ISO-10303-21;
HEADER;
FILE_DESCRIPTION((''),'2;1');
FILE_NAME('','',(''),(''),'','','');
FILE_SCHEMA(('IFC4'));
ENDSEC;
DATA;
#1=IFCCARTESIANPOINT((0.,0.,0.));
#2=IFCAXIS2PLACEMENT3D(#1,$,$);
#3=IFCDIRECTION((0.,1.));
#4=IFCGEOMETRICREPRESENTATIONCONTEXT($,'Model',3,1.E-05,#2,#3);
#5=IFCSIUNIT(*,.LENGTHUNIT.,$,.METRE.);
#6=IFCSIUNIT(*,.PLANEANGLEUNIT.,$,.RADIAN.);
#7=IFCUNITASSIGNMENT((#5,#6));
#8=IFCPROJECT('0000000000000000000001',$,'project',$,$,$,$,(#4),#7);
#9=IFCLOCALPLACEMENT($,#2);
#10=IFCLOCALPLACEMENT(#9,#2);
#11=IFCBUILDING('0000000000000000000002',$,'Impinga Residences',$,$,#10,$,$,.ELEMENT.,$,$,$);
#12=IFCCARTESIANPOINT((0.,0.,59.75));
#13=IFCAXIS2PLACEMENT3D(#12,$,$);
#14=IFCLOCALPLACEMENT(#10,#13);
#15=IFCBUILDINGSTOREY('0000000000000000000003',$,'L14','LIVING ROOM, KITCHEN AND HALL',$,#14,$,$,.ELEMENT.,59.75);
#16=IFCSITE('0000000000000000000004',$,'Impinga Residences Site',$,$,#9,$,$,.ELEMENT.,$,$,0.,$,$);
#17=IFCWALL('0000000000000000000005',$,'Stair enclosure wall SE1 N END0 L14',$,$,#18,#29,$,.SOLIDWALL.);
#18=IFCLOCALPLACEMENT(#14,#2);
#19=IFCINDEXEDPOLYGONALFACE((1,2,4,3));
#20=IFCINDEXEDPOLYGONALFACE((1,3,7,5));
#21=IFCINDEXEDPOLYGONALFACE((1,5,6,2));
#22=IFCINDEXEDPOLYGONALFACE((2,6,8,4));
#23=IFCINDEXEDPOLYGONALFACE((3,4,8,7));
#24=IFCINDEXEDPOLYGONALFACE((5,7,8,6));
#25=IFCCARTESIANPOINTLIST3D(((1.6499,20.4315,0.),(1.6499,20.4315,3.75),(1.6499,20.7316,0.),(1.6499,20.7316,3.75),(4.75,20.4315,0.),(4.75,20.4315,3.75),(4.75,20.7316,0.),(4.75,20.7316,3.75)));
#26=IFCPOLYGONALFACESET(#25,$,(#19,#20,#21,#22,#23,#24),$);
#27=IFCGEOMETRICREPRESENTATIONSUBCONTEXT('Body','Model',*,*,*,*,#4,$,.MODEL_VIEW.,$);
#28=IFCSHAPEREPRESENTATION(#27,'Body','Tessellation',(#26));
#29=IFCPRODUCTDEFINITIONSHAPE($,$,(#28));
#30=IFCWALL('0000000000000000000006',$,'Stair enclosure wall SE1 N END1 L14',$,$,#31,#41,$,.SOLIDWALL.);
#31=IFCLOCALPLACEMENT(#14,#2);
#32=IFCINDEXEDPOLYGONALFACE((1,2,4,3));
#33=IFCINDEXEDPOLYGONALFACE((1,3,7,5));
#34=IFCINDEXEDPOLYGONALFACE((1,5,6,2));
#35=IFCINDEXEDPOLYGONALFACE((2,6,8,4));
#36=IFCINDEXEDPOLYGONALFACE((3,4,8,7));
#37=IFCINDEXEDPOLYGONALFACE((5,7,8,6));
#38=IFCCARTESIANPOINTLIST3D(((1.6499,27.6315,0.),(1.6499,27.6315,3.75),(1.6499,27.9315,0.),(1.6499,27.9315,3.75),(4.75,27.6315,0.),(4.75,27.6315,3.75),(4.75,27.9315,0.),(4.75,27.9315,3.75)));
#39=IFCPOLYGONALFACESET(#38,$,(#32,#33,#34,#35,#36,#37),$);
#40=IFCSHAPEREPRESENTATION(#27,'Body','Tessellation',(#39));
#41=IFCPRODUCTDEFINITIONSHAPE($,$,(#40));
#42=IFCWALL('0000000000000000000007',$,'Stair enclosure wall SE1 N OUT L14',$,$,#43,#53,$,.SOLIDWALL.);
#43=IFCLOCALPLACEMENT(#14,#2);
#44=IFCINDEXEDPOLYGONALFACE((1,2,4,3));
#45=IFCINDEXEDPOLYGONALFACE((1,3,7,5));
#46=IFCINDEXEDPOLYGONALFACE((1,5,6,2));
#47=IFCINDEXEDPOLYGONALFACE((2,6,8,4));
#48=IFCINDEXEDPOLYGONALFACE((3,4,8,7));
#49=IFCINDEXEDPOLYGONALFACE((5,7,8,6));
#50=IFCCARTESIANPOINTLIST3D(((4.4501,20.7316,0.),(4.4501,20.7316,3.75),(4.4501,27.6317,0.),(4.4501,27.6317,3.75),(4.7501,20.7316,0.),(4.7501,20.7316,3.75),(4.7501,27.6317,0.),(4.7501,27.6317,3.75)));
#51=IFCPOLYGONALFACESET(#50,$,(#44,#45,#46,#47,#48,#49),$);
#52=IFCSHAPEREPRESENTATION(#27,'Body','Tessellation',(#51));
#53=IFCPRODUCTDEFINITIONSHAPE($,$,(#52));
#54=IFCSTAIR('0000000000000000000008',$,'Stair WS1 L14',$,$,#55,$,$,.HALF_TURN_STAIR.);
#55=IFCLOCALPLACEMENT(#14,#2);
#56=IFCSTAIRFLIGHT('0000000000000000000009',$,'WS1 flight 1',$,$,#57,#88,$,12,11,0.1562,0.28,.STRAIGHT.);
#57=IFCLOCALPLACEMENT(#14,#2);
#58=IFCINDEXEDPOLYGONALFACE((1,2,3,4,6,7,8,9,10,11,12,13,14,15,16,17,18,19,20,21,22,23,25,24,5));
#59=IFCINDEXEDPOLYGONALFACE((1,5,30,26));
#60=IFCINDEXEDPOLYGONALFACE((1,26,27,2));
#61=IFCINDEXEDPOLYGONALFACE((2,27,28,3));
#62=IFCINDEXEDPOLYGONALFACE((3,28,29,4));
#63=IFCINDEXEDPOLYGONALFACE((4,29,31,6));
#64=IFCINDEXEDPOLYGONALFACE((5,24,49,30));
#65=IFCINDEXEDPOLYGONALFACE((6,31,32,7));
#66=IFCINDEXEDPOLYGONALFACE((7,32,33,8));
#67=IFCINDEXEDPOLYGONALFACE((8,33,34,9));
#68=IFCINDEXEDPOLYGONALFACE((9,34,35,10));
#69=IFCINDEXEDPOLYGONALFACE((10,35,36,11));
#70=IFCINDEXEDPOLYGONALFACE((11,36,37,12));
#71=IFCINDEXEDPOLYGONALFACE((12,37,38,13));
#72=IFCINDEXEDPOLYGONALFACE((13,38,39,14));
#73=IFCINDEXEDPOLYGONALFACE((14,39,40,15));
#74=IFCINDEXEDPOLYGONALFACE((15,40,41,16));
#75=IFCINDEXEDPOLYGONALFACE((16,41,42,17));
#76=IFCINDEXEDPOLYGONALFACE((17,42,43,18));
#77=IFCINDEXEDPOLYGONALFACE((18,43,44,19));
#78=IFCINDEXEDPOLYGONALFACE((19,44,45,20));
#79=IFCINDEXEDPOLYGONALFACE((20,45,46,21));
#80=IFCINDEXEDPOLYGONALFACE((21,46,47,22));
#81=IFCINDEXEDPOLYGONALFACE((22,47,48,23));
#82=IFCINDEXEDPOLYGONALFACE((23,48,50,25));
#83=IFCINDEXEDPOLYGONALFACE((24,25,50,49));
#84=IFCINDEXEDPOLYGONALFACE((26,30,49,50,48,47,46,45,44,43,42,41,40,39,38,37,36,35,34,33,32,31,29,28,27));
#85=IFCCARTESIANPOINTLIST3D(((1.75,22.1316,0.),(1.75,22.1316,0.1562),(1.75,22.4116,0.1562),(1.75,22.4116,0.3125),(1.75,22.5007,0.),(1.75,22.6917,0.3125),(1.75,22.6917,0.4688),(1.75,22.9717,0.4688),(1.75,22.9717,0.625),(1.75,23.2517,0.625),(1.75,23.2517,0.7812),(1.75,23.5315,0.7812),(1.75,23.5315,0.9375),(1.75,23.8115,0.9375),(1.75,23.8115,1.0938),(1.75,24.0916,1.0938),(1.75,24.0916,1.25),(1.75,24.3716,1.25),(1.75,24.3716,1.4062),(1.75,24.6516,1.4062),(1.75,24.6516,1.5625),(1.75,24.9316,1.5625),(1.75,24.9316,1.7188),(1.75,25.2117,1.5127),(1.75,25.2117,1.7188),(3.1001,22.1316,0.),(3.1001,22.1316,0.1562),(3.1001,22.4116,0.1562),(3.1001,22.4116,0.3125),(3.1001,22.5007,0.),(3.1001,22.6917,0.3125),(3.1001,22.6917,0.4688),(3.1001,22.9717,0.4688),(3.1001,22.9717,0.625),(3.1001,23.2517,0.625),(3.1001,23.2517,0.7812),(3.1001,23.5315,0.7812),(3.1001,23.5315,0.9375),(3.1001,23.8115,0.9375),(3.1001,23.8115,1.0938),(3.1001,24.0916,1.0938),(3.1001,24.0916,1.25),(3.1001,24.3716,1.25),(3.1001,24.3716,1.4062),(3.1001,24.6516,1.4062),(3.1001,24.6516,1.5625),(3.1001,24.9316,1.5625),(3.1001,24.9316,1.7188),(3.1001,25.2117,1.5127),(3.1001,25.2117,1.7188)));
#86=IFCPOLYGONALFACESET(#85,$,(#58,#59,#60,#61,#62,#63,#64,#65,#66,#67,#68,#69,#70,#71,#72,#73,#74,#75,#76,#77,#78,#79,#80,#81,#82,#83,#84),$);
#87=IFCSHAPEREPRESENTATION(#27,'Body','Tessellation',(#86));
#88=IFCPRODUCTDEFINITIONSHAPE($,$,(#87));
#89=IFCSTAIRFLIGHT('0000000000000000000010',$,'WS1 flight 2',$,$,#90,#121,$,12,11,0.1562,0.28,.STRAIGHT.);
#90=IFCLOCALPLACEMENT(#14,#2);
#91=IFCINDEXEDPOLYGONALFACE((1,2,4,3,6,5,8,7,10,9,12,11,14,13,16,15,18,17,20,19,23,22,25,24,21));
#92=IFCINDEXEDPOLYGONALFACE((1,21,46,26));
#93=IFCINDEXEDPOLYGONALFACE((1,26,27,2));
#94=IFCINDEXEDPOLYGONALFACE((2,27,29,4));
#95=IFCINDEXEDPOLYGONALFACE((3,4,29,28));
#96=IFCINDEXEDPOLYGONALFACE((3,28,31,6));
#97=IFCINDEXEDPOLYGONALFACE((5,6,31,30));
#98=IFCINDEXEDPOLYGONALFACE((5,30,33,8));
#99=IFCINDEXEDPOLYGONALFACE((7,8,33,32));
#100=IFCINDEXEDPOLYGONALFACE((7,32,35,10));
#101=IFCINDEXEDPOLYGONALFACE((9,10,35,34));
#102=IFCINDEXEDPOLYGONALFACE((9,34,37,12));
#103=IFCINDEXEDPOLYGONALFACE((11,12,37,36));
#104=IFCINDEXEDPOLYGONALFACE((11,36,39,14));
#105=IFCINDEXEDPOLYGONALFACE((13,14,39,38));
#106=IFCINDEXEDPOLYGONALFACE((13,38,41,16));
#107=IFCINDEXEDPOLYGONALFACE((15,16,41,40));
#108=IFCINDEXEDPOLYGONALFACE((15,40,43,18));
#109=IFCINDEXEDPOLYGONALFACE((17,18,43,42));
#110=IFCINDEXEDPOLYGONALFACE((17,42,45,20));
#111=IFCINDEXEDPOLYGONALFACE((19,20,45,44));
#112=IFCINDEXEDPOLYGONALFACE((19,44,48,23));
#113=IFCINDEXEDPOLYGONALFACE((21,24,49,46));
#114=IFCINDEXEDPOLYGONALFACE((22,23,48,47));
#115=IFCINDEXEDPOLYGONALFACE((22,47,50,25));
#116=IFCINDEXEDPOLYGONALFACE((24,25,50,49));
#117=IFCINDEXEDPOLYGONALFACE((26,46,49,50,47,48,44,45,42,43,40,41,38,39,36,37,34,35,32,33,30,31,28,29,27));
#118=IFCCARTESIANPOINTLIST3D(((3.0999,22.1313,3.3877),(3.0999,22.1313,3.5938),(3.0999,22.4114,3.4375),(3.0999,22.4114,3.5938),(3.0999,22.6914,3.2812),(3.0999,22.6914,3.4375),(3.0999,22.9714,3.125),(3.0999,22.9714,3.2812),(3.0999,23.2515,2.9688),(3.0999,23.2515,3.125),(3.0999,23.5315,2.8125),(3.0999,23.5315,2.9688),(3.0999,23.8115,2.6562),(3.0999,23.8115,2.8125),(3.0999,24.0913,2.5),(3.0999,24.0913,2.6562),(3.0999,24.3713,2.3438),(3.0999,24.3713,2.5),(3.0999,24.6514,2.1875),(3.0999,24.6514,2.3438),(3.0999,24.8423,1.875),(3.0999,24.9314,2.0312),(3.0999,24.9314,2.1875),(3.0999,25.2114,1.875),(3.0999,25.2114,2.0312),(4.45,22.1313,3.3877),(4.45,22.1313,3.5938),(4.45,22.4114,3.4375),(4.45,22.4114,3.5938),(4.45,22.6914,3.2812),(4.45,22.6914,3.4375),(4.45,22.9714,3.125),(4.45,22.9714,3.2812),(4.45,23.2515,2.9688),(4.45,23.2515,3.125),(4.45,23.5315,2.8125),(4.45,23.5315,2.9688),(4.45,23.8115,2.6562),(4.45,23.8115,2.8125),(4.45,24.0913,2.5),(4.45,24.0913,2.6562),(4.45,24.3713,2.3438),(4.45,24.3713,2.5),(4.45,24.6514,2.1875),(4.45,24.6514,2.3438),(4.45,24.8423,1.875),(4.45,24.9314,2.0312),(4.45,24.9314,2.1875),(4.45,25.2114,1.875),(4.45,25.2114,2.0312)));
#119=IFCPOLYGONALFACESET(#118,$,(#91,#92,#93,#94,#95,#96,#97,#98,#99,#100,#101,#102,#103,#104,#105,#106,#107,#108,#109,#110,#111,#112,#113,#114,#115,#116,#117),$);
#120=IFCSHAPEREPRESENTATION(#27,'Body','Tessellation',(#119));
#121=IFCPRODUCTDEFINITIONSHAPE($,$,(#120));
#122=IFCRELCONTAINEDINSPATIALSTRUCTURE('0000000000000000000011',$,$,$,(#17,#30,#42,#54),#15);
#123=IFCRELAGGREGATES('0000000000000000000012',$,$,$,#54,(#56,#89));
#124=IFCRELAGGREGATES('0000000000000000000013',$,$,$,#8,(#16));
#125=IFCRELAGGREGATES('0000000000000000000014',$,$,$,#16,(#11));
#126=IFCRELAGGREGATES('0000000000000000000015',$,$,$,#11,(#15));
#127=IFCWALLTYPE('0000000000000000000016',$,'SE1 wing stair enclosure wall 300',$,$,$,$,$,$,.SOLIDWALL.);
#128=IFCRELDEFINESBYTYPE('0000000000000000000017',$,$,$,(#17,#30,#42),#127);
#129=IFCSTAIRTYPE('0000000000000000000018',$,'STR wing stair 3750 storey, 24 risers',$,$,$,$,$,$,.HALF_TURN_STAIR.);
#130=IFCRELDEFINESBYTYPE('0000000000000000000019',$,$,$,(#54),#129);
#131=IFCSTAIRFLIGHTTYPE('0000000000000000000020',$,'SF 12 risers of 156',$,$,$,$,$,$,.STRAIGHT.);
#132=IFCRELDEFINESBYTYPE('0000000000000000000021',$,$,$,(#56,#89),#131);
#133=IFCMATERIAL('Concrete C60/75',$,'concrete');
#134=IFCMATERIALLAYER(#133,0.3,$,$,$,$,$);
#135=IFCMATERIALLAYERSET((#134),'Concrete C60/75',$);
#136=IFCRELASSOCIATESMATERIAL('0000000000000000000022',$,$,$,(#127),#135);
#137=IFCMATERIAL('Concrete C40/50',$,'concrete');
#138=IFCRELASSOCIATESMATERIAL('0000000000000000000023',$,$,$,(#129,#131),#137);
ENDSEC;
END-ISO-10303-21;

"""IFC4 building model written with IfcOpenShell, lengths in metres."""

from ifc_helpers import new_model, si_unit, direction, frame, frame_2d, origin, place, context, subcontext, project, spatial, polyline, rectangle, outline, extrude, material, layer, layer_set, type_object, element, aggregate, save


model = new_model("IFC4")

# Units and contexts
model_context = context("Model", 3, precision=1e-05, world=origin(), true_north=direction((0.0, 1.0)))
body_context = subcontext(model_context, "Body", "Model", "MODEL_VIEW")
ifc_project = project(units=[si_unit("LENGTHUNIT", "METRE"), si_unit("PLANEANGLEUNIT", "RADIAN")], contexts=[model_context])

# Site, building, storey
site_placement = place(None, origin())
site = spatial("IfcSite", under=ifc_project, at=site_placement, Name="Impinga Residences Site", CompositionType="ELEMENT", RefElevation=0.0)
building_placement = place(site_placement, origin())
building = spatial("IfcBuilding", under=site, at=building_placement, Name="Impinga Residences", CompositionType="ELEMENT")
storey_placement = place(building_placement, frame((0.0, 0.0, 59.75)))
storey = spatial("IfcBuildingStorey", under=building, at=storey_placement, Name="L14", Description="LIVING ROOM, KITCHEN AND HALL", CompositionType="ELEMENT", Elevation=59.75)

# Shared definitions
ifc_material_1 = material(Name="Concrete C60/75", Category="concrete")

# Walls
ifc_layer_1 = layer(ifc_material_1, 0.3)
ifc_layer_set_1 = layer_set([ifc_layer_1], Name="Concrete C60/75")
wall_type_1 = type_object("IfcWallType", Name="SE1 wing stair enclosure wall 300", PredefinedType="SOLIDWALL", material=ifc_layer_set_1)
for number, where, z_axis, x_axis, name in (
    (1, (1.6499, 20.5815, 0.0), (0.0, 0.0, 1.0), (1.0, 0.0, 0.0), "Stair enclosure wall SE1 N END0 L14"),
    (2, (1.6499, 27.7815, 0.0), (0.0, 0.0, 1.0), (1.0, 0.0, 0.0), "Stair enclosure wall SE1 N END1 L14"),
):
    element("IfcWall", number, at=place(storey_placement, frame(where, z_axis=z_axis, x_axis=x_axis)), inside=storey, type_object=wall_type_1, Name=name, PredefinedType="SOLIDWALL", context=body_context, shape_type="SweptSolid", body=[
        extrude(rectangle(XDim=3.1001, YDim=0.3, at=frame_2d((1.55, 0.0))), origin(), (0.0, 0.0, 1.0), 3.75),
    ])
wall_1_placement = place(storey_placement, frame((4.6001, 20.7314, 0.0), z_axis=(0.0, 0.0, 1.0), x_axis=(0.0, 1.0, 0.0)))
element("IfcWall", 3, at=wall_1_placement, inside=storey, type_object=wall_type_1, Name="Stair enclosure wall SE1 N OUT L14", PredefinedType="SOLIDWALL", context=body_context, shape_type="SweptSolid", body=[
    extrude(rectangle(XDim=6.9001, YDim=0.3, at=frame_2d((3.4502, 0.0))), origin(), (0.0, 0.0, 1.0), 3.75),
])

# Stair, stair flights
ifc_material_2 = material(Name="Concrete C40/50", Category="concrete")
stair_type = type_object("IfcStairType", Name="STR wing stair 3750 storey, 24 risers", PredefinedType="HALF_TURN_STAIR", material=ifc_material_2)
stair_placement = place(storey_placement, origin())
stair = element("IfcStair", 4, at=stair_placement, inside=storey, type_object=stair_type, Name="Stair WS1 L14", PredefinedType="HALF_TURN_STAIR")
stair_flight_type = type_object("IfcStairFlightType", Name="SF 12 risers of 156", PredefinedType="STRAIGHT", material=ifc_material_2)
stair_flight_1_placement = place(storey_placement, frame((2.425, 22.1316, 0.0), z_axis=(0.0, 0.0, 1.0), x_axis=(0.0, 1.0, 0.0)))
stair_flight_1 = element("IfcStairFlight", 5, at=stair_flight_1_placement, type_object=stair_flight_type, Name="WS1 flight 1", NumberOfRisers=12, NumberOfTreads=11, PredefinedType="STRAIGHT", RiserHeight=0.1562, TreadLength=0.28, context=body_context, shape_type="SweptSolid", body=[
    extrude(outline(polyline([(0.0, 0.0), (0.0, 0.1562), (0.28, 0.1562), (0.28, 0.3125), (0.5601, 0.3125), (0.5601, 0.4688), (0.8401, 0.4688), (0.8401, 0.625), (1.1201, 0.625), (1.1201, 0.7812), (1.3999, 0.7812), (1.3999, 0.9375), (1.6799, 0.9375), (1.6799, 1.0938), (1.96, 1.0938), (1.96, 1.25), (2.24, 1.25), (2.24, 1.4062), (2.52, 1.4062), (2.52, 1.5625), (2.8, 1.5625), (2.8, 1.7188), (3.0801, 1.7188), (3.0801, 1.875), (3.0801, 1.5127), (0.3691, 0.0), (0.0, 0.0)])), frame((0.0, 0.675, 0.0), z_axis=(0.0, -1.0, 0.0), x_axis=(1.0, 0.0, 0.0)), (0.0, 0.0, 1.0), 1.3501),
])
stair_flight_2_placement = place(storey_placement, frame((3.7749, 25.2114, 1.875), z_axis=(0.0, 0.0, 1.0), x_axis=(0.0, -1.0, 0.0)))
stair_flight_2 = element("IfcStairFlight", 6, at=stair_flight_2_placement, type_object=stair_flight_type, Name="WS1 flight 2", NumberOfRisers=12, NumberOfTreads=11, PredefinedType="STRAIGHT", RiserHeight=0.1562, TreadLength=0.28, context=body_context, shape_type="SweptSolid", body=[
    extrude(outline(polyline([(0.0, 0.0), (0.0, 0.1562), (0.28, 0.1562), (0.28, 0.3125), (0.5601, 0.3125), (0.5601, 0.4688), (0.8401, 0.4688), (0.8401, 0.625), (1.1201, 0.625), (1.1201, 0.7812), (1.3999, 0.7812), (1.3999, 0.9375), (1.6799, 0.9375), (1.6799, 1.0938), (1.96, 1.0938), (1.96, 1.25), (2.24, 1.25), (2.24, 1.4062), (2.52, 1.4062), (2.52, 1.5625), (2.8, 1.5625), (2.8, 1.7188), (3.0801, 1.7188), (3.0801, 1.875), (3.0801, 1.5127), (0.3691, 0.0), (0.0, 0.0)])), frame((0.0, 0.675, 0.0), z_axis=(0.0, -1.0, 0.0), x_axis=(1.0, 0.0, 0.0)), (0.0, 0.0, 1.0), 1.3501),
])
aggregate(stair, [stair_flight_1, stair_flight_2])

save(model, "model.ifc")
